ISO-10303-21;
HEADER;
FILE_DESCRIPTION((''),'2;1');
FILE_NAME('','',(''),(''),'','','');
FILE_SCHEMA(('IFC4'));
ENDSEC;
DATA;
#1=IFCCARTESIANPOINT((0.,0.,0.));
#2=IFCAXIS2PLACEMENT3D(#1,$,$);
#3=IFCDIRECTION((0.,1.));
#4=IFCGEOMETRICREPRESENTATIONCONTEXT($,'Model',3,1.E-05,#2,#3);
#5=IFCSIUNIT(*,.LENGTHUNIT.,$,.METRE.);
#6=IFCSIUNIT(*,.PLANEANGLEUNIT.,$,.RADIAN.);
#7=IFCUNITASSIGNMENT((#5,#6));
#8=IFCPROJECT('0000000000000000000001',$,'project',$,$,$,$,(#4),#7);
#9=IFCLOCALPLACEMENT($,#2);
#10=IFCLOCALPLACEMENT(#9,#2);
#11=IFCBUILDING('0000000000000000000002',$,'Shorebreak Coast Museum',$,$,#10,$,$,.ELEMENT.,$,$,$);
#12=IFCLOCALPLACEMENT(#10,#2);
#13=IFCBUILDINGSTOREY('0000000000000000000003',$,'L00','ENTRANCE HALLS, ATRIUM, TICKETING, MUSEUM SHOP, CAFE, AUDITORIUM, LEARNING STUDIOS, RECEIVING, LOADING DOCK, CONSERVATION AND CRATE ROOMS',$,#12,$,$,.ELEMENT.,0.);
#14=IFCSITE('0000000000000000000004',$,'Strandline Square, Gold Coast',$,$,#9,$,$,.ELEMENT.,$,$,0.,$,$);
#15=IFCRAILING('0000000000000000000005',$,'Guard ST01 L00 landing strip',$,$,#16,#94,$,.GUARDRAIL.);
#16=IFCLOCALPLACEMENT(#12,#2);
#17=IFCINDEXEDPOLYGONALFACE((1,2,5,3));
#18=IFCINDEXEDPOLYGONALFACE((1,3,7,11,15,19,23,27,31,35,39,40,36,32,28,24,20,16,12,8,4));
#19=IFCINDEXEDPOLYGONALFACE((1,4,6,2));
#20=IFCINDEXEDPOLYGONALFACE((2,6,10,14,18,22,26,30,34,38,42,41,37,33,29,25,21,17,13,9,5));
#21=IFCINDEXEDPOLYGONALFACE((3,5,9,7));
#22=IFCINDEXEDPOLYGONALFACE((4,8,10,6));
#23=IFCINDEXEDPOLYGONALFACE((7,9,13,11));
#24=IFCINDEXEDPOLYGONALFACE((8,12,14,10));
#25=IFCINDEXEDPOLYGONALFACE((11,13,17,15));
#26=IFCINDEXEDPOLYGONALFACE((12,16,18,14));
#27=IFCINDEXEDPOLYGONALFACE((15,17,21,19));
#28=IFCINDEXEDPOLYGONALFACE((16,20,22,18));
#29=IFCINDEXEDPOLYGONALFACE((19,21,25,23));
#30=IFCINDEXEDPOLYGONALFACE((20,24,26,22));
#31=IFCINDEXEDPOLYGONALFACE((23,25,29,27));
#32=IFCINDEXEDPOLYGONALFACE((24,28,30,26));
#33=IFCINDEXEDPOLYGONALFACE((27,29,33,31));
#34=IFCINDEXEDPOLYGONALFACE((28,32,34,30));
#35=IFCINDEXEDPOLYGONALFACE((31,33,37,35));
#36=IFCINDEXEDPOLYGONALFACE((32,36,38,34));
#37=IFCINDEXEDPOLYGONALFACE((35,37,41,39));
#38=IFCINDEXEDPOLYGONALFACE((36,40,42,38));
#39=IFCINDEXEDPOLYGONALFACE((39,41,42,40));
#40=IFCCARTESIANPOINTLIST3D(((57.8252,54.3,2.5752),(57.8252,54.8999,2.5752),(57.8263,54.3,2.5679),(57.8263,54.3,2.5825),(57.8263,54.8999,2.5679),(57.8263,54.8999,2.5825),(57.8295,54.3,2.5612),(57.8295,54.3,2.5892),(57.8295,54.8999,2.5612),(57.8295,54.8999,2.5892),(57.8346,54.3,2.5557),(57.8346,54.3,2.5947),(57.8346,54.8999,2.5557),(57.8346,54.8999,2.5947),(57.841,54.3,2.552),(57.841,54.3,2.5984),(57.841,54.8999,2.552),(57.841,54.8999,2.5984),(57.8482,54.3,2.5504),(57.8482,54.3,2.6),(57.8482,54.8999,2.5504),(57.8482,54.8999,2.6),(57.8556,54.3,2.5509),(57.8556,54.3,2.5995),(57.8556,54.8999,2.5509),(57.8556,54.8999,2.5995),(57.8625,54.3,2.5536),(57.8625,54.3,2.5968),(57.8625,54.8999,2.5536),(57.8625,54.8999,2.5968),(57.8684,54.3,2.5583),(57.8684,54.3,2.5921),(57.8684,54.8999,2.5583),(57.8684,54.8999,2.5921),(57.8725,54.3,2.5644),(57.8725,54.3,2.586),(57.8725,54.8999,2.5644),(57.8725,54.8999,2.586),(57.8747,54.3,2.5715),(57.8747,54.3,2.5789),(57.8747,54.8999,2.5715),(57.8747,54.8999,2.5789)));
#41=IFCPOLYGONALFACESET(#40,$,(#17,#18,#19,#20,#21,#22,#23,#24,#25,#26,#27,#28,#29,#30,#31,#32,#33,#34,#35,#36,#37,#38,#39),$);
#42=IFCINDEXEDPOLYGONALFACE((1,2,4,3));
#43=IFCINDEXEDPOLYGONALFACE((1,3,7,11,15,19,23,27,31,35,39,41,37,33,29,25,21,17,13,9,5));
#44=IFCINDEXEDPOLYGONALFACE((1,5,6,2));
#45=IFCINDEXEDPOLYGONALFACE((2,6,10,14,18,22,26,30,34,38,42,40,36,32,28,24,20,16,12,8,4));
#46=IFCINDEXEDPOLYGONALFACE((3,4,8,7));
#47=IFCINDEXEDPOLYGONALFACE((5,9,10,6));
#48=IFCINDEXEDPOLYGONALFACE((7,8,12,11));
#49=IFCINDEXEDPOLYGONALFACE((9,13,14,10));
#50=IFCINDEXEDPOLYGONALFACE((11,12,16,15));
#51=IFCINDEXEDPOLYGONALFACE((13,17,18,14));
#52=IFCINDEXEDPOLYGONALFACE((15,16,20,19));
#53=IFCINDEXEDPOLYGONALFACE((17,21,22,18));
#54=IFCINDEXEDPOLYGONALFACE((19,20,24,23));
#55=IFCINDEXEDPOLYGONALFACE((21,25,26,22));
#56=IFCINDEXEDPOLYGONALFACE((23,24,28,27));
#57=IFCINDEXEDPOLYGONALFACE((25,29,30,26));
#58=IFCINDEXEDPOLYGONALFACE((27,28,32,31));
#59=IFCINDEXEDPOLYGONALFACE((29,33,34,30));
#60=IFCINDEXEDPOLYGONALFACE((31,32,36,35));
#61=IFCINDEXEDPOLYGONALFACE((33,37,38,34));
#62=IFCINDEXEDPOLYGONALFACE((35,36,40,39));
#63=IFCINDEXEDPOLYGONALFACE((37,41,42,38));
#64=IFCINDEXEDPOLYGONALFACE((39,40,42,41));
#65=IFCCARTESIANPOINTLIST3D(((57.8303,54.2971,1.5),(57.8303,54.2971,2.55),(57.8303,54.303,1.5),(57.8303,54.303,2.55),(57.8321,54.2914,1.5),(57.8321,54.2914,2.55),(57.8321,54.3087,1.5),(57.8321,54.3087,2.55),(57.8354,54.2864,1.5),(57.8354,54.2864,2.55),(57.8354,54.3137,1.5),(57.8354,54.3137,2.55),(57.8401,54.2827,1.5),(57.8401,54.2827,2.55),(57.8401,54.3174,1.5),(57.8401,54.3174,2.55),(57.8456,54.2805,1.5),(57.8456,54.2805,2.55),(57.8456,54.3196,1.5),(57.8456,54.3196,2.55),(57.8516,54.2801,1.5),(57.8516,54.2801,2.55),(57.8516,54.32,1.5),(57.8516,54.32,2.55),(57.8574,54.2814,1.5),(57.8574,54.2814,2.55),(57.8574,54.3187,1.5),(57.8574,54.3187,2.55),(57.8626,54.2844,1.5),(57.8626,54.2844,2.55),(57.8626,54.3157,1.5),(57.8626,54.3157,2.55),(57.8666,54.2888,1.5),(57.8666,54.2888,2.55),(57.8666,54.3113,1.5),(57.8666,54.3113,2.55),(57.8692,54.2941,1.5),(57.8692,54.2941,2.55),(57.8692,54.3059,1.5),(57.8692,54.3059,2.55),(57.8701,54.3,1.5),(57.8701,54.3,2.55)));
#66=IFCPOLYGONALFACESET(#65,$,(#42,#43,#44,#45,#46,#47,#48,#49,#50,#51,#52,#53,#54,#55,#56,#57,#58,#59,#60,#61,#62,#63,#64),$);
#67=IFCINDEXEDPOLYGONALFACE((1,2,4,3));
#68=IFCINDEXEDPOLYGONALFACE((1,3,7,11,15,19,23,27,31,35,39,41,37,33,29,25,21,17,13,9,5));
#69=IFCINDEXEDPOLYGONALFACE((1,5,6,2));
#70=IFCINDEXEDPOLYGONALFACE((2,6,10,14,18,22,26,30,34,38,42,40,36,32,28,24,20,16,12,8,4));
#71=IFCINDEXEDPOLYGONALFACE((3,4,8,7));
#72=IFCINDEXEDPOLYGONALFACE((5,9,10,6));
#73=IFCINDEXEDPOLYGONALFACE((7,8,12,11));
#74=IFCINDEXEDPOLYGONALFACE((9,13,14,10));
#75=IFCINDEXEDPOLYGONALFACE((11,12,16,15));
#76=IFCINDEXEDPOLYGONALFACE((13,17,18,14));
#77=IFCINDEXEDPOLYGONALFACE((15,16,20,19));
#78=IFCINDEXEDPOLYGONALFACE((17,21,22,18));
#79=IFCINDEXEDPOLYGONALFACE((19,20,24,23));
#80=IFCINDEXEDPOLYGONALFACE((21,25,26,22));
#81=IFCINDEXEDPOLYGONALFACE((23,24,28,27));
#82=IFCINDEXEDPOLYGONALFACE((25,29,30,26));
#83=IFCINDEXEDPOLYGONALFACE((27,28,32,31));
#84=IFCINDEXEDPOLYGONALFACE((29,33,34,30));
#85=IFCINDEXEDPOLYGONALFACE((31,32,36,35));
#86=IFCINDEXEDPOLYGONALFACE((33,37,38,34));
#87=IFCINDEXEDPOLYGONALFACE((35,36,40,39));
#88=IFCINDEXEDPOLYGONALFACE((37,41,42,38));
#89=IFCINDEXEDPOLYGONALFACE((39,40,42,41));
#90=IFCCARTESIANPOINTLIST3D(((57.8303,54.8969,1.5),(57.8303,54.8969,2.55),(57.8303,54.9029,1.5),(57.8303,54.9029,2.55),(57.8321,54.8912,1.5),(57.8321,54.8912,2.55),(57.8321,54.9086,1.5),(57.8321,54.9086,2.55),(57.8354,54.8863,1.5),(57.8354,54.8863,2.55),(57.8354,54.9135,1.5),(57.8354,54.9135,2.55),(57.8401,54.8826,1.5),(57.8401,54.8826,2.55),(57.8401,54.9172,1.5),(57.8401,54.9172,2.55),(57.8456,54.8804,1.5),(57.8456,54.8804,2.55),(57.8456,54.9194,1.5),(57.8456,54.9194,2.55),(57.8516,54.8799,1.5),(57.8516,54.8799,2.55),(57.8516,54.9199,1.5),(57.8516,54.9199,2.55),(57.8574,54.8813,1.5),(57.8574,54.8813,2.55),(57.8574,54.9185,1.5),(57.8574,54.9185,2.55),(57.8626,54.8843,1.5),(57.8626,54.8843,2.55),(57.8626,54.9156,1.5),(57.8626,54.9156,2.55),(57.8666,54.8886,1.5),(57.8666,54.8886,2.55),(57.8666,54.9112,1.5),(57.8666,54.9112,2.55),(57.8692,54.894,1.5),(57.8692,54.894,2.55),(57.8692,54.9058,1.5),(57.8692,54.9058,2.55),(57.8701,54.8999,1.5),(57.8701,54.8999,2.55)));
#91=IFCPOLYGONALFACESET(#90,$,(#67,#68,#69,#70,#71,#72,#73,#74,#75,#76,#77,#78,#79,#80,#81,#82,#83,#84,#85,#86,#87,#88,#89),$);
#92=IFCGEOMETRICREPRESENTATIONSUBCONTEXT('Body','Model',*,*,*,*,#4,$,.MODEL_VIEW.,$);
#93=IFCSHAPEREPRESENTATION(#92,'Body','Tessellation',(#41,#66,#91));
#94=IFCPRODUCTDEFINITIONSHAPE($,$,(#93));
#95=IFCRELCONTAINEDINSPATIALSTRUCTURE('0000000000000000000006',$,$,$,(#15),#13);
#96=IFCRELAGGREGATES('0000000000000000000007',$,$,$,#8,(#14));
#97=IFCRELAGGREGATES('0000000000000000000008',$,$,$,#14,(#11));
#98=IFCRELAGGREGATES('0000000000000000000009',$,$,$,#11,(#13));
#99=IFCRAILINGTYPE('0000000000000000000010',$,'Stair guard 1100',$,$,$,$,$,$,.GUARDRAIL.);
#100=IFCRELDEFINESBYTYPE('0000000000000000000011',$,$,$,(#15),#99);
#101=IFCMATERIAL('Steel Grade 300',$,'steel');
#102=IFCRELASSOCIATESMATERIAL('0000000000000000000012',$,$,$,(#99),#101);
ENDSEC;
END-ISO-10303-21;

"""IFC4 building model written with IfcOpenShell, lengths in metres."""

from ifc_helpers import new_model, si_unit, direction, frame, origin, origin_2d, place, context, subcontext, project, spatial, circle, extrude, material, type_object, element, save


model = new_model("IFC4")

# Units and contexts
model_context = context("Model", 3, precision=1e-05, world=origin(), true_north=direction((0.0, 1.0)))
body_context = subcontext(model_context, "Body", "Model", "MODEL_VIEW")
ifc_project = project(units=[si_unit("LENGTHUNIT", "METRE"), si_unit("PLANEANGLEUNIT", "RADIAN")], contexts=[model_context])

# Site, building, storey
site_placement = place(None, origin())
site = spatial("IfcSite", under=ifc_project, at=site_placement, Name="Strandline Square, Gold Coast", CompositionType="ELEMENT", RefElevation=0.0)
building_placement = place(site_placement, origin())
building = spatial("IfcBuilding", under=site, at=building_placement, Name="Shorebreak Coast Museum", CompositionType="ELEMENT")
storey_placement = place(building_placement, origin())
storey = spatial("IfcBuildingStorey", under=building, at=storey_placement, Name="L00", Description="ENTRANCE HALLS, ATRIUM, TICKETING, MUSEUM SHOP, CAFE, AUDITORIUM, LEARNING STUDIOS, RECEIVING, LOADING DOCK, CONSERVATION AND CRATE ROOMS", CompositionType="ELEMENT", Elevation=0.0)

# Railing
ifc_material_1 = material(Name="Steel Grade 300", Category="steel")
railing_type_1 = type_object("IfcRailingType", Name="Stair guard 1100", PredefinedType="GUARDRAIL", material=ifc_material_1)
for number, where, name in (
    (1, (57.8501, 54.3, 1.5), "Guard ST01 L00 landing strip"),
):
    element("IfcRailing", number, at=place(storey_placement, frame(where)), inside=storey, type_object=railing_type_1, Name=name, PredefinedType="GUARDRAIL", context=body_context, shape_type="SweptSolid", body=[
        extrude(circle(Radius=0.0249, at=origin_2d()), frame((0.0, 0.0, 1.0752), z_axis=(0.0, 1.0, 0.0), x_axis=(-1.0, 0.0, 0.0)), (0.0, 0.0, 1.0), 0.5999),
        extrude(circle(Radius=0.02, at=origin_2d()), origin(), (0.0, 0.0, 1.0), 1.05),
        extrude(circle(Radius=0.02, at=origin_2d()), frame((0.0, 0.5999, 0.0)), (0.0, 0.0, 1.0), 1.05),
    ])

save(model, "model.ifc")
